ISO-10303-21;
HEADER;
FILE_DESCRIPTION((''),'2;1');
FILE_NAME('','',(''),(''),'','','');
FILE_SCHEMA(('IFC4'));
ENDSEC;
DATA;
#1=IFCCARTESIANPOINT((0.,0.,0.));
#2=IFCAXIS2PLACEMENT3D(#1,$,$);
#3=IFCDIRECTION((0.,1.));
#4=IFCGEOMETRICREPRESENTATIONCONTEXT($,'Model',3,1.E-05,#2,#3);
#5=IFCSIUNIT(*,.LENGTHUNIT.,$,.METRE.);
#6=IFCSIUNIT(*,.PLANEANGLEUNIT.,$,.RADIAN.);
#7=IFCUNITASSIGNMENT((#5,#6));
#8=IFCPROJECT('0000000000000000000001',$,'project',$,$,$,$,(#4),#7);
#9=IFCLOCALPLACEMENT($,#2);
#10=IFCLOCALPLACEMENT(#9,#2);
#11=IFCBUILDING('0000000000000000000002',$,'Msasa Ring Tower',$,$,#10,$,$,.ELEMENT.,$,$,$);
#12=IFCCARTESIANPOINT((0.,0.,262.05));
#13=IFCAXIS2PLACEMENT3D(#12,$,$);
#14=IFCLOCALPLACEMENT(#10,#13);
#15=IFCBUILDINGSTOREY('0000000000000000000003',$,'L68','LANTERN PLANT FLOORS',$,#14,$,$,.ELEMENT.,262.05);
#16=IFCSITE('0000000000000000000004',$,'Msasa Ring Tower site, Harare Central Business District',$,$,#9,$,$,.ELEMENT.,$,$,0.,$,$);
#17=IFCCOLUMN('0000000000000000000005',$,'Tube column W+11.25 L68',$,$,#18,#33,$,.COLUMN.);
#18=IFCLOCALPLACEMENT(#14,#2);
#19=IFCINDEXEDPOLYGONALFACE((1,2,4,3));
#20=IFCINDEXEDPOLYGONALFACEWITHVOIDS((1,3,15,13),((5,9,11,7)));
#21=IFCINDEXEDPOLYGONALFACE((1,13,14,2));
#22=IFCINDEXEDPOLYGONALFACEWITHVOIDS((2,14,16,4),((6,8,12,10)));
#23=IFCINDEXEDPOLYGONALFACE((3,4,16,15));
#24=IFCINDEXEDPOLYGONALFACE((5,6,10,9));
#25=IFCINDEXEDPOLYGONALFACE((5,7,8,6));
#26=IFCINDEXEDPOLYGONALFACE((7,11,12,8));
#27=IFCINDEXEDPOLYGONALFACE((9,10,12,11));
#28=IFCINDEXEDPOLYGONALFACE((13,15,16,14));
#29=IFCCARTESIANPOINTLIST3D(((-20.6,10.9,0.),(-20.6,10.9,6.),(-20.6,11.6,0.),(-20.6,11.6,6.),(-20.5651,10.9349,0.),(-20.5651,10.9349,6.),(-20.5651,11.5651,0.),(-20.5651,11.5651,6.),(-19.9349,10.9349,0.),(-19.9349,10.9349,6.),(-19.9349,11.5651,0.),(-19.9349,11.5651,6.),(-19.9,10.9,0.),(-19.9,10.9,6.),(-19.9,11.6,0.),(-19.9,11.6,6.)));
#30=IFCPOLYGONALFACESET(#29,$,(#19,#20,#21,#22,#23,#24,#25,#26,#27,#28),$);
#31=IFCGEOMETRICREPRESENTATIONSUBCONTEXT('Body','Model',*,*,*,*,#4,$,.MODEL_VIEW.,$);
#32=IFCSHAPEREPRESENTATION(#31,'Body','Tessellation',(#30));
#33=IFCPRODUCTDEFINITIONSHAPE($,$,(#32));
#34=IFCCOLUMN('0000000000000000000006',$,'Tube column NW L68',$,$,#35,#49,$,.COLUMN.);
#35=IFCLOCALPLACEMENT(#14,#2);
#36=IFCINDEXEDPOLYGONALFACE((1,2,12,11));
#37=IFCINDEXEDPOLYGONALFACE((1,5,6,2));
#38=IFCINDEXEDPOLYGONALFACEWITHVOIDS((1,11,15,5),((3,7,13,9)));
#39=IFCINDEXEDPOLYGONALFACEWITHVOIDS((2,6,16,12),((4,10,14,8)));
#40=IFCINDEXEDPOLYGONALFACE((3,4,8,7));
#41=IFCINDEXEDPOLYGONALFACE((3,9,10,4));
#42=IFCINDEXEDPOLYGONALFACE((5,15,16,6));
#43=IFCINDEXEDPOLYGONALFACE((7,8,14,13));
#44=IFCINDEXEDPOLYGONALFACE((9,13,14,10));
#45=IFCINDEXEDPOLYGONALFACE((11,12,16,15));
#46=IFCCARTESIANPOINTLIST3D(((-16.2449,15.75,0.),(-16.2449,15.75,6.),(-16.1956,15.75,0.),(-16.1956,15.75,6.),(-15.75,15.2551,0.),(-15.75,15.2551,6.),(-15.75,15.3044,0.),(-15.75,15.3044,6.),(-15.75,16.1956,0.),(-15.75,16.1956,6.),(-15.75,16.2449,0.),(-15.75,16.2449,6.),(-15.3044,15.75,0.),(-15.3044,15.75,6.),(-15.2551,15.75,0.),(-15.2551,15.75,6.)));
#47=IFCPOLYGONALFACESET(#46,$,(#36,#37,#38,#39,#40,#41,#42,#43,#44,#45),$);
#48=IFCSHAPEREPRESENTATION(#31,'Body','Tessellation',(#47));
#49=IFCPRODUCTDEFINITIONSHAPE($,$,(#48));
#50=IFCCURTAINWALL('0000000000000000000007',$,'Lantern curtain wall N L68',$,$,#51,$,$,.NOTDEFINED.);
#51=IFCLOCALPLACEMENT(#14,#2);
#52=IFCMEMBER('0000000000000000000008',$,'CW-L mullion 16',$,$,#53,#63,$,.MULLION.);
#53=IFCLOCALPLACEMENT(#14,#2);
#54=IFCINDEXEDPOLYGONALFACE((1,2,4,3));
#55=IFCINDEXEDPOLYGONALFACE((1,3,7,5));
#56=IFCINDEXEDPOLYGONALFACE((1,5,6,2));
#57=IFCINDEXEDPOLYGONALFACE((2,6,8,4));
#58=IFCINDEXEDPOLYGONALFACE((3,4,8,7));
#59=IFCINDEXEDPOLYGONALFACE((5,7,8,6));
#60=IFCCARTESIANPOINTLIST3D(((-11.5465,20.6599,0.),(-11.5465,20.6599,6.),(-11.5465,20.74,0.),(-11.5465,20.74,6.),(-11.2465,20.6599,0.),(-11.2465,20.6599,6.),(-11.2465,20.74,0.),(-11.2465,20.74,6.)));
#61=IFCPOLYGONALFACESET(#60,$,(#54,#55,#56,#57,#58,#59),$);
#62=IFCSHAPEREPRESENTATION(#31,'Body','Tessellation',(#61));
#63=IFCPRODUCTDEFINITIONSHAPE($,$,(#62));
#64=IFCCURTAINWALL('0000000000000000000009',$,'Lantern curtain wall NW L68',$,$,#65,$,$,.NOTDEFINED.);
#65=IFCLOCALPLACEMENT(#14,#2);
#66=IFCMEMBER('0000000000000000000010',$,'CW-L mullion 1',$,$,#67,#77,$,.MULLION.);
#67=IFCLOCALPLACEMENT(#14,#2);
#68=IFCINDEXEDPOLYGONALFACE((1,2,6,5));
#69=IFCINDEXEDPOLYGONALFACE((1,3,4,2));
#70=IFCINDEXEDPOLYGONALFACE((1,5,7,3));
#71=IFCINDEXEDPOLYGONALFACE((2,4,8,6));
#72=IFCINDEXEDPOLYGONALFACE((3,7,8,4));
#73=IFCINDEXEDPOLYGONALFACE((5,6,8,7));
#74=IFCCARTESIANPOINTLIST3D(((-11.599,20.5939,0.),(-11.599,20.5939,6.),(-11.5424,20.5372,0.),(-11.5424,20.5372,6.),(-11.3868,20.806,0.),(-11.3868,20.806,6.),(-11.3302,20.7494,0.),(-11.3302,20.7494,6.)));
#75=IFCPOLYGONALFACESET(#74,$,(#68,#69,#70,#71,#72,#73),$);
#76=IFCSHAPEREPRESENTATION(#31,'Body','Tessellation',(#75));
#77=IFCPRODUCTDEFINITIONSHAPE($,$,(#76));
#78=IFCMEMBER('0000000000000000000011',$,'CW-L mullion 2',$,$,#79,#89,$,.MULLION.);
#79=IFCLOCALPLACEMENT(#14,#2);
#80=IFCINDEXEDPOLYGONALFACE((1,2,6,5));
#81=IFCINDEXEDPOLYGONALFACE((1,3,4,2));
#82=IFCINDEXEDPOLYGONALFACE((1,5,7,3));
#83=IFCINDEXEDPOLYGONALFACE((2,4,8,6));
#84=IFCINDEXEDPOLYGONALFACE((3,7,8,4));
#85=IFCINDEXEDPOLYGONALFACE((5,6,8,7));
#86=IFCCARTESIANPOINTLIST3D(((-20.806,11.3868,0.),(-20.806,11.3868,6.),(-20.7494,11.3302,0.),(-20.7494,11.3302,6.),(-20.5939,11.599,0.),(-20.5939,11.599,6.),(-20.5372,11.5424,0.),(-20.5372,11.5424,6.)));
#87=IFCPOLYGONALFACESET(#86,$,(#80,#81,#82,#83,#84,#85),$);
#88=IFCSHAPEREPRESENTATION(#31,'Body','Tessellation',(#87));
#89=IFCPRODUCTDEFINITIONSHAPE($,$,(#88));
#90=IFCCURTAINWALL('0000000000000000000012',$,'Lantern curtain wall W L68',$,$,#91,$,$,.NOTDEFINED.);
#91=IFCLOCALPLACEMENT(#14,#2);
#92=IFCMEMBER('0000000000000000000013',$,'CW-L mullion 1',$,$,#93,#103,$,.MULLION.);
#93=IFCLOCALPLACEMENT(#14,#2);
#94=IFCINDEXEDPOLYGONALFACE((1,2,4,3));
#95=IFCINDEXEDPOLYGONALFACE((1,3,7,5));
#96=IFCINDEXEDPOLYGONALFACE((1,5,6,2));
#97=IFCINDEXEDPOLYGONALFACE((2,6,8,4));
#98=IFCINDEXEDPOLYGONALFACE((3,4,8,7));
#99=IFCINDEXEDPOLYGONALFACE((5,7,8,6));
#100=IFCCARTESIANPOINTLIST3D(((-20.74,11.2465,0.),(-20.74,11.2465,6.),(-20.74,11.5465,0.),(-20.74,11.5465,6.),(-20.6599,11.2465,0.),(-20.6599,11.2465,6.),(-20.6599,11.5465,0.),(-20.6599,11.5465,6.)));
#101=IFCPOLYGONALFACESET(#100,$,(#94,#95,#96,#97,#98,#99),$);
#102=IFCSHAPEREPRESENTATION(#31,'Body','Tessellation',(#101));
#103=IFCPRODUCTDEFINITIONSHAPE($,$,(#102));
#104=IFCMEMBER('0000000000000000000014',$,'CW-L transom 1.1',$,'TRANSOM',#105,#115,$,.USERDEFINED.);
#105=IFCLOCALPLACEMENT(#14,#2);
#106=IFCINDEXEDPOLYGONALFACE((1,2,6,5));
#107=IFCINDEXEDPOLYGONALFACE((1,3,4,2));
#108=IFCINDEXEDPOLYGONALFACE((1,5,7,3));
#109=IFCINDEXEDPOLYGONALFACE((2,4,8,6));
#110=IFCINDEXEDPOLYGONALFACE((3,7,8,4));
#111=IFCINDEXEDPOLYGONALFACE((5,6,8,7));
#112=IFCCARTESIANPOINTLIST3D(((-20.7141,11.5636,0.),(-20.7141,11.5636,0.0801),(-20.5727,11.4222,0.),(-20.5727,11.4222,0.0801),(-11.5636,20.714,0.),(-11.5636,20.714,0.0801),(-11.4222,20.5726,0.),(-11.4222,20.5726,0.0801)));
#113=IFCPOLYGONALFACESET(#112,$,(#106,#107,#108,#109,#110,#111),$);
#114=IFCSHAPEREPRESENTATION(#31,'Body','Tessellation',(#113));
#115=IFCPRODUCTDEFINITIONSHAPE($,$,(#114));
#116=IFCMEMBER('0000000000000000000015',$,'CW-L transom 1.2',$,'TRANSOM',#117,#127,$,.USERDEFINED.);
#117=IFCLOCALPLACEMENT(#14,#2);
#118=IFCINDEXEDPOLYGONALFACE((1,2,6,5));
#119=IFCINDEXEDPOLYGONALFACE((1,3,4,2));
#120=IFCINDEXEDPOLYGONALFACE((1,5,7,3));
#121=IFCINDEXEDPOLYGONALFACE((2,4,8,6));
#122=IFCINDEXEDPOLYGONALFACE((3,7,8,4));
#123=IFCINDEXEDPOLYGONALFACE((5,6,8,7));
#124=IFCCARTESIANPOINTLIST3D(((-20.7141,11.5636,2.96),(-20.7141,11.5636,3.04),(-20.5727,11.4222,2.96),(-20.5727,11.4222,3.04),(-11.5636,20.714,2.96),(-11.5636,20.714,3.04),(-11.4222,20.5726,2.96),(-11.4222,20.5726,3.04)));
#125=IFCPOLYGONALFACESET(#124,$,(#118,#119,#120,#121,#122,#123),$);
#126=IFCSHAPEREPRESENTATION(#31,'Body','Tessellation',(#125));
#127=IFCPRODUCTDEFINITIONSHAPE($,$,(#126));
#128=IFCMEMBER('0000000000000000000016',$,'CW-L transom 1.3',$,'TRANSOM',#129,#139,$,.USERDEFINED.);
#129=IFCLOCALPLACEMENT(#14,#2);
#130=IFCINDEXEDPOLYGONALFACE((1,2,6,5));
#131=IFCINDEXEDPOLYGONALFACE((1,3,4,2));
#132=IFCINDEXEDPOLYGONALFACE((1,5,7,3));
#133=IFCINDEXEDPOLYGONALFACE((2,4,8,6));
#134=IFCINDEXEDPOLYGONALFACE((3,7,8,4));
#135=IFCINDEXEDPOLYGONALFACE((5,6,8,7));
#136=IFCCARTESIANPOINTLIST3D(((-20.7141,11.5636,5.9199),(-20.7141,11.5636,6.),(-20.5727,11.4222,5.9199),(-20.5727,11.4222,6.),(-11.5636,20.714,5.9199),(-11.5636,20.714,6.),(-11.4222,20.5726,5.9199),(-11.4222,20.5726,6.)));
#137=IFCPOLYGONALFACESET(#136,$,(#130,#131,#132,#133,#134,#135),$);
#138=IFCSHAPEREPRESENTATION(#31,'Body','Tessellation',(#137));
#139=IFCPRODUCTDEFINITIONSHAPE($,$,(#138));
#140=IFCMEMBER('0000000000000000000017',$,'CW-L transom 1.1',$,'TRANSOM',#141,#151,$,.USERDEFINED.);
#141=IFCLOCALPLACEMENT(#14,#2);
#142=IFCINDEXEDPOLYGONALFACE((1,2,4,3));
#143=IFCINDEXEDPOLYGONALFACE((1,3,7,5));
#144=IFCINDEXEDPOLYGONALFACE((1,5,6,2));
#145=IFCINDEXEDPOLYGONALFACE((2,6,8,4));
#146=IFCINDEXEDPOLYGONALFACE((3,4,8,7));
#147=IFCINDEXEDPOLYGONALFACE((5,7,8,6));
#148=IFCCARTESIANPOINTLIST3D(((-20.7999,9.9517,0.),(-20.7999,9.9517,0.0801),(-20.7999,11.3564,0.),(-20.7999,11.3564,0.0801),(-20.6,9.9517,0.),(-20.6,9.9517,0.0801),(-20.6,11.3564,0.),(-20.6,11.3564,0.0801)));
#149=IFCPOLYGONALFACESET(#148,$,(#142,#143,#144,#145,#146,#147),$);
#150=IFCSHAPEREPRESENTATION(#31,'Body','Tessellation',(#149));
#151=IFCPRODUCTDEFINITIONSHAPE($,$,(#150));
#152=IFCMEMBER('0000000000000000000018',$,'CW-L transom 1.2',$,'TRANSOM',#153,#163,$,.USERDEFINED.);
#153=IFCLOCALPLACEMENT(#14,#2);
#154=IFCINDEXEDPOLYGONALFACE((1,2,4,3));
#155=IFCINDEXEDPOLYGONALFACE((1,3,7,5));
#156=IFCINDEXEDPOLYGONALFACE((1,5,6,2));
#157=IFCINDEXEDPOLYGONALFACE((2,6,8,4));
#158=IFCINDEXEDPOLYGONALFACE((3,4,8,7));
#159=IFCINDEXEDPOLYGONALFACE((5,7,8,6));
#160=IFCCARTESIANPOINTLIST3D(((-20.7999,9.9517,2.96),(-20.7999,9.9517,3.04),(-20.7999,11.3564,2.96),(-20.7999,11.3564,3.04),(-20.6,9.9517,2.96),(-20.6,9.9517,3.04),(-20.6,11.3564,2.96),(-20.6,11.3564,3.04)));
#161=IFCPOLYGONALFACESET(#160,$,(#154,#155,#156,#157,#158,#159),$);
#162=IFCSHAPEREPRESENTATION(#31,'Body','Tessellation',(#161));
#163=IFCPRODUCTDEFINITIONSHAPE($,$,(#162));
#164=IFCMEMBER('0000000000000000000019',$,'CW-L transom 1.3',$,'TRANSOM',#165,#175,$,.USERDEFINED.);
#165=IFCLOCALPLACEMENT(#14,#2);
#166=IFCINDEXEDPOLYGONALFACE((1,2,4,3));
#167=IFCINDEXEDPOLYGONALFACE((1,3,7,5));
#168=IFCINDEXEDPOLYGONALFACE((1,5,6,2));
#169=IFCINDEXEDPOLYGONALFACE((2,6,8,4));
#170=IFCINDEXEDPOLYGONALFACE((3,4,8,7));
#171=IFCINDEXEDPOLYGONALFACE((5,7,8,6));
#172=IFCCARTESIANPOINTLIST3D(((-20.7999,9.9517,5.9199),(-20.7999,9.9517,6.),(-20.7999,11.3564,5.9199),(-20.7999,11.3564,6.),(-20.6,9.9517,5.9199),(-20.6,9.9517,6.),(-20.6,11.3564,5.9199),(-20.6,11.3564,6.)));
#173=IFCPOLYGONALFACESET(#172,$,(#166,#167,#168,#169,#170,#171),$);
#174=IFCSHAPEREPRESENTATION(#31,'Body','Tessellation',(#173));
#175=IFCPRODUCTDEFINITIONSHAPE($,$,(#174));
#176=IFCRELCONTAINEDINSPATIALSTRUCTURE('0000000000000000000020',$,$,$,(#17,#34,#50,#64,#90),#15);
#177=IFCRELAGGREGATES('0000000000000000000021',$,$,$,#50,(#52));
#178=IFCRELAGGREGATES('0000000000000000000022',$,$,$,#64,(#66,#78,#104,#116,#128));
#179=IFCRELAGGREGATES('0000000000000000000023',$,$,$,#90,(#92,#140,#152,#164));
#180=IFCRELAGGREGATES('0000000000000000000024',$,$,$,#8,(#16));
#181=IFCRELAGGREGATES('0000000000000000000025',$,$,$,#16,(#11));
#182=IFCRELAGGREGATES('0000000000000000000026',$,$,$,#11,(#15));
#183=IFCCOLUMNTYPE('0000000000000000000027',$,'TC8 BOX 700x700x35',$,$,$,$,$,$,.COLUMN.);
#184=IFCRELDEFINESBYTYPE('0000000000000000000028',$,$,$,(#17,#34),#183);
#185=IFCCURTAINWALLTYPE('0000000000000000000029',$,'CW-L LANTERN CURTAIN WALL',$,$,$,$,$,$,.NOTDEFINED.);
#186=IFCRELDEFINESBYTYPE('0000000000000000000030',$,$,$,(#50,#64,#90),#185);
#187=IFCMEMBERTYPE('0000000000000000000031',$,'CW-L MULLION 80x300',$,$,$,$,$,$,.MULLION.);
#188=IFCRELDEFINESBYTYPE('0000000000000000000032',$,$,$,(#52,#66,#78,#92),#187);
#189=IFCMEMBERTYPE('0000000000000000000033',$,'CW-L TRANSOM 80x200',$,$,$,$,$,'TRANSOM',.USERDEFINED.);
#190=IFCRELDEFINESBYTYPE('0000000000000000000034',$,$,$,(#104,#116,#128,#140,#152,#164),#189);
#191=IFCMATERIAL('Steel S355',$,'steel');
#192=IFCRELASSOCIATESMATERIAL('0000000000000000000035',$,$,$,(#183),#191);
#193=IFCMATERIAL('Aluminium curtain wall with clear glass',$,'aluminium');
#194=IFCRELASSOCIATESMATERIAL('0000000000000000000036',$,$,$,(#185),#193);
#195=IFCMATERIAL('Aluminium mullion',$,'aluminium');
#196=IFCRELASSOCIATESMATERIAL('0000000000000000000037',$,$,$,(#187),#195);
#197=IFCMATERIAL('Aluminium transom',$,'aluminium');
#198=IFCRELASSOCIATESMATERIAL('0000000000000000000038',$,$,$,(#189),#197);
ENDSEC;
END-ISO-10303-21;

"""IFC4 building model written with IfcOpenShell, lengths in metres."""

from ifc_helpers import new_model, si_unit, direction, frame, origin, origin_2d, place, context, subcontext, project, spatial, rectangle, hollow_rectangle, extrude, material, material_profile, profile_set, type_object, element, aggregate, save


model = new_model("IFC4")

# Units and contexts
model_context = context("Model", 3, precision=1e-05, world=origin(), true_north=direction((0.0, 1.0)))
body_context = subcontext(model_context, "Body", "Model", "MODEL_VIEW")
ifc_project = project(units=[si_unit("LENGTHUNIT", "METRE"), si_unit("PLANEANGLEUNIT", "RADIAN")], contexts=[model_context])

# Site, building, storey
site_placement = place(None, origin())
site = spatial("IfcSite", under=ifc_project, at=site_placement, Name="Msasa Ring Tower site, Harare Central Business District", CompositionType="ELEMENT", RefElevation=0.0)
building_placement = place(site_placement, origin())
building = spatial("IfcBuilding", under=site, at=building_placement, Name="Msasa Ring Tower", CompositionType="ELEMENT")
storey_placement = place(building_placement, frame((0.0, 0.0, 262.05)))
storey = spatial("IfcBuildingStorey", under=building, at=storey_placement, Name="L68", Description="LANTERN PLANT FLOORS", CompositionType="ELEMENT", Elevation=262.05)

# Columns
ifc_material_1 = material(Name="Steel S355", Category="steel")
ifc_material_profile_1 = material_profile(ifc_material_1, hollow_rectangle(XDim=0.7, YDim=0.7, WallThickness=0.0349, at=origin_2d()), Name="BOX 700x700x35")
ifc_profile_set_1 = profile_set([ifc_material_profile_1], Name="Steel S355")
column_type = type_object("IfcColumnType", Name="TC8 BOX 700x700x35", PredefinedType="COLUMN", material=ifc_profile_set_1)
for number, where, z_axis, x_axis, name in (
    (1, (-20.25, 11.25, 0.0), (0.0, 0.0, 1.0), (1.0, 0.0, 0.0), "Tube column W+11.25 L68"),
    (2, (-15.75, 15.75, 0.0), (0.0, 0.0, 1.0), (0.707107, -0.707107, 0.0), "Tube column NW L68"),
):
    element("IfcColumn", number, at=place(storey_placement, frame(where, z_axis=z_axis, x_axis=x_axis)), inside=storey, type_object=column_type, Name=name, PredefinedType="COLUMN", context=body_context, shape_type="SweptSolid", body=[
        extrude(hollow_rectangle(XDim=0.7, YDim=0.7, WallThickness=0.0349, at=origin_2d()), origin(), (0.0, 0.0, 1.0), 6.0),
    ])

# Curtain wall, member
ifc_material_2 = material(Name="Aluminium curtain wall with clear glass", Category="aluminium")
curtain_wall_type = type_object("IfcCurtainWallType", Name="CW-L LANTERN CURTAIN WALL", PredefinedType="NOTDEFINED", material=ifc_material_2)
curtain_wall_1_placement = place(storey_placement, origin())
curtain_wall_1 = element("IfcCurtainWall", 3, at=curtain_wall_1_placement, inside=storey, type_object=curtain_wall_type, Name="Lantern curtain wall N L68", PredefinedType="NOTDEFINED")
ifc_material_3 = material(Name="Aluminium mullion", Category="aluminium")
ifc_material_profile_2 = material_profile(ifc_material_3, rectangle(XDim=0.0801, YDim=0.3, at=origin_2d()), Name="AL 80x300")
ifc_profile_set_2 = profile_set([ifc_material_profile_2], Name="Aluminium mullion")
member_type_1 = type_object("IfcMemberType", Name="CW-L MULLION 80x300", PredefinedType="MULLION", material=ifc_profile_set_2)
member_1_placement = place(storey_placement, frame((-11.3965, 20.7, 0.0), z_axis=(0.0, 0.0, 1.0), x_axis=(0.0, -1.0, 0.0)))
member_1 = element("IfcMember", 4, at=member_1_placement, type_object=member_type_1, Name="CW-L mullion 16", PredefinedType="MULLION", context=body_context, shape_type="SweptSolid", body=[
    extrude(rectangle(XDim=0.0801, YDim=0.3, at=origin_2d()), origin(), (0.0, 0.0, 1.0), 6.0),
])
aggregate(curtain_wall_1, [member_1])

# Curtain wall, members
curtain_wall_2_placement = place(storey_placement, origin())
curtain_wall_2 = element("IfcCurtainWall", 5, at=curtain_wall_2_placement, inside=storey, type_object=curtain_wall_type, Name="Lantern curtain wall NW L68", PredefinedType="NOTDEFINED")
member_2_placement = place(storey_placement, frame((-11.4646, 20.6716, 0.0), z_axis=(0.0, 0.0, 1.0), x_axis=(0.707107, -0.707107, 0.0)))
member_2 = element("IfcMember", 6, at=member_2_placement, type_object=member_type_1, Name="CW-L mullion 1", PredefinedType="MULLION", context=body_context, shape_type="SweptSolid", body=[
    extrude(rectangle(XDim=0.0801, YDim=0.3, at=origin_2d()), origin(), (0.0, 0.0, 1.0), 6.0),
])
member_3_placement = place(storey_placement, frame((-20.6716, 11.4646, 0.0), z_axis=(0.0, 0.0, 1.0), x_axis=(0.707107, -0.707107, 0.0)))
member_3 = element("IfcMember", 7, at=member_3_placement, type_object=member_type_1, Name="CW-L mullion 2", PredefinedType="MULLION", context=body_context, shape_type="SweptSolid", body=[
    extrude(rectangle(XDim=0.0801, YDim=0.3, at=origin_2d()), origin(), (0.0, 0.0, 1.0), 6.0),
])

# Curtain wall, member
curtain_wall_3_placement = place(storey_placement, origin())
curtain_wall_3 = element("IfcCurtainWall", 8, at=curtain_wall_3_placement, inside=storey, type_object=curtain_wall_type, Name="Lantern curtain wall W L68", PredefinedType="NOTDEFINED")
member_4_placement = place(storey_placement, frame((-20.7, 11.3965, 0.0), z_axis=(0.0, 0.0, 1.0), x_axis=(1.0, 0.0, 0.0)))
member_4 = element("IfcMember", 9, at=member_4_placement, type_object=member_type_1, Name="CW-L mullion 1", PredefinedType="MULLION", context=body_context, shape_type="SweptSolid", body=[
    extrude(rectangle(XDim=0.0801, YDim=0.3, at=origin_2d()), origin(), (0.0, 0.0, 1.0), 6.0),
])

# Members
ifc_material_4 = material(Name="Aluminium transom", Category="aluminium")
ifc_material_profile_3 = material_profile(ifc_material_4, rectangle(XDim=0.2, YDim=0.0801, at=origin_2d()), Name="AL 80x200")
ifc_profile_set_3 = profile_set([ifc_material_profile_3], Name="Aluminium transom")
member_type_2 = type_object("IfcMemberType", Name="CW-L TRANSOM 80x200", ElementType="TRANSOM", PredefinedType="USERDEFINED", material=ifc_profile_set_3)
member_5_placement = place(storey_placement, frame((-11.4929, 20.6433, 0.04), z_axis=(-0.707107, -0.707107, 0.0), x_axis=(0.707107, -0.707107, 0.0)))
member_5 = element("IfcMember", 10, at=member_5_placement, type_object=member_type_2, Name="CW-L transom 1.1", ObjectType="TRANSOM", PredefinedType="USERDEFINED", context=body_context, shape_type="SweptSolid", body=[
    extrude(rectangle(XDim=0.2, YDim=0.0801, at=origin_2d()), origin(), (0.0, 0.0, 1.0), 12.9407),
])
member_6_placement = place(storey_placement, frame((-11.4929, 20.6433, 3.0), z_axis=(-0.707107, -0.707107, 0.0), x_axis=(0.707107, -0.707107, 0.0)))
member_6 = element("IfcMember", 11, at=member_6_placement, type_object=member_type_2, Name="CW-L transom 1.2", ObjectType="TRANSOM", PredefinedType="USERDEFINED", context=body_context, shape_type="SweptSolid", body=[
    extrude(rectangle(XDim=0.2, YDim=0.0801, at=origin_2d()), origin(), (0.0, 0.0, 1.0), 12.9407),
])
member_7_placement = place(storey_placement, frame((-11.4929, 20.6433, 5.96), z_axis=(-0.707107, -0.707107, 0.0), x_axis=(0.707107, -0.707107, 0.0)))
member_7 = element("IfcMember", 12, at=member_7_placement, type_object=member_type_2, Name="CW-L transom 1.3", ObjectType="TRANSOM", PredefinedType="USERDEFINED", context=body_context, shape_type="SweptSolid", body=[
    extrude(rectangle(XDim=0.2, YDim=0.0801, at=origin_2d()), origin(), (0.0, 0.0, 1.0), 12.9407),
])
member_8_placement = place(storey_placement, frame((-20.7, 11.3564, 0.04), z_axis=(0.0, -1.0, 0.0), x_axis=(1.0, 0.0, 0.0)))
member_8 = element("IfcMember", 13, at=member_8_placement, type_object=member_type_2, Name="CW-L transom 1.1", ObjectType="TRANSOM", PredefinedType="USERDEFINED", context=body_context, shape_type="SweptSolid", body=[
    extrude(rectangle(XDim=0.2, YDim=0.0801, at=origin_2d()), origin(), (0.0, 0.0, 1.0), 1.4048),
])
member_9_placement = place(storey_placement, frame((-20.7, 11.3564, 3.0), z_axis=(0.0, -1.0, 0.0), x_axis=(1.0, 0.0, 0.0)))
member_9 = element("IfcMember", 14, at=member_9_placement, type_object=member_type_2, Name="CW-L transom 1.2", ObjectType="TRANSOM", PredefinedType="USERDEFINED", context=body_context, shape_type="SweptSolid", body=[
    extrude(rectangle(XDim=0.2, YDim=0.0801, at=origin_2d()), origin(), (0.0, 0.0, 1.0), 1.4048),
])
member_10_placement = place(storey_placement, frame((-20.7, 11.3564, 5.96), z_axis=(0.0, -1.0, 0.0), x_axis=(1.0, 0.0, 0.0)))
member_10 = element("IfcMember", 15, at=member_10_placement, type_object=member_type_2, Name="CW-L transom 1.3", ObjectType="TRANSOM", PredefinedType="USERDEFINED", context=body_context, shape_type="SweptSolid", body=[
    extrude(rectangle(XDim=0.2, YDim=0.0801, at=origin_2d()), origin(), (0.0, 0.0, 1.0), 1.4048),
])

aggregate(curtain_wall_2, [member_2, member_3, member_5, member_6, member_7])
aggregate(curtain_wall_3, [member_4, member_8, member_9, member_10])

save(model, "model.ifc")
